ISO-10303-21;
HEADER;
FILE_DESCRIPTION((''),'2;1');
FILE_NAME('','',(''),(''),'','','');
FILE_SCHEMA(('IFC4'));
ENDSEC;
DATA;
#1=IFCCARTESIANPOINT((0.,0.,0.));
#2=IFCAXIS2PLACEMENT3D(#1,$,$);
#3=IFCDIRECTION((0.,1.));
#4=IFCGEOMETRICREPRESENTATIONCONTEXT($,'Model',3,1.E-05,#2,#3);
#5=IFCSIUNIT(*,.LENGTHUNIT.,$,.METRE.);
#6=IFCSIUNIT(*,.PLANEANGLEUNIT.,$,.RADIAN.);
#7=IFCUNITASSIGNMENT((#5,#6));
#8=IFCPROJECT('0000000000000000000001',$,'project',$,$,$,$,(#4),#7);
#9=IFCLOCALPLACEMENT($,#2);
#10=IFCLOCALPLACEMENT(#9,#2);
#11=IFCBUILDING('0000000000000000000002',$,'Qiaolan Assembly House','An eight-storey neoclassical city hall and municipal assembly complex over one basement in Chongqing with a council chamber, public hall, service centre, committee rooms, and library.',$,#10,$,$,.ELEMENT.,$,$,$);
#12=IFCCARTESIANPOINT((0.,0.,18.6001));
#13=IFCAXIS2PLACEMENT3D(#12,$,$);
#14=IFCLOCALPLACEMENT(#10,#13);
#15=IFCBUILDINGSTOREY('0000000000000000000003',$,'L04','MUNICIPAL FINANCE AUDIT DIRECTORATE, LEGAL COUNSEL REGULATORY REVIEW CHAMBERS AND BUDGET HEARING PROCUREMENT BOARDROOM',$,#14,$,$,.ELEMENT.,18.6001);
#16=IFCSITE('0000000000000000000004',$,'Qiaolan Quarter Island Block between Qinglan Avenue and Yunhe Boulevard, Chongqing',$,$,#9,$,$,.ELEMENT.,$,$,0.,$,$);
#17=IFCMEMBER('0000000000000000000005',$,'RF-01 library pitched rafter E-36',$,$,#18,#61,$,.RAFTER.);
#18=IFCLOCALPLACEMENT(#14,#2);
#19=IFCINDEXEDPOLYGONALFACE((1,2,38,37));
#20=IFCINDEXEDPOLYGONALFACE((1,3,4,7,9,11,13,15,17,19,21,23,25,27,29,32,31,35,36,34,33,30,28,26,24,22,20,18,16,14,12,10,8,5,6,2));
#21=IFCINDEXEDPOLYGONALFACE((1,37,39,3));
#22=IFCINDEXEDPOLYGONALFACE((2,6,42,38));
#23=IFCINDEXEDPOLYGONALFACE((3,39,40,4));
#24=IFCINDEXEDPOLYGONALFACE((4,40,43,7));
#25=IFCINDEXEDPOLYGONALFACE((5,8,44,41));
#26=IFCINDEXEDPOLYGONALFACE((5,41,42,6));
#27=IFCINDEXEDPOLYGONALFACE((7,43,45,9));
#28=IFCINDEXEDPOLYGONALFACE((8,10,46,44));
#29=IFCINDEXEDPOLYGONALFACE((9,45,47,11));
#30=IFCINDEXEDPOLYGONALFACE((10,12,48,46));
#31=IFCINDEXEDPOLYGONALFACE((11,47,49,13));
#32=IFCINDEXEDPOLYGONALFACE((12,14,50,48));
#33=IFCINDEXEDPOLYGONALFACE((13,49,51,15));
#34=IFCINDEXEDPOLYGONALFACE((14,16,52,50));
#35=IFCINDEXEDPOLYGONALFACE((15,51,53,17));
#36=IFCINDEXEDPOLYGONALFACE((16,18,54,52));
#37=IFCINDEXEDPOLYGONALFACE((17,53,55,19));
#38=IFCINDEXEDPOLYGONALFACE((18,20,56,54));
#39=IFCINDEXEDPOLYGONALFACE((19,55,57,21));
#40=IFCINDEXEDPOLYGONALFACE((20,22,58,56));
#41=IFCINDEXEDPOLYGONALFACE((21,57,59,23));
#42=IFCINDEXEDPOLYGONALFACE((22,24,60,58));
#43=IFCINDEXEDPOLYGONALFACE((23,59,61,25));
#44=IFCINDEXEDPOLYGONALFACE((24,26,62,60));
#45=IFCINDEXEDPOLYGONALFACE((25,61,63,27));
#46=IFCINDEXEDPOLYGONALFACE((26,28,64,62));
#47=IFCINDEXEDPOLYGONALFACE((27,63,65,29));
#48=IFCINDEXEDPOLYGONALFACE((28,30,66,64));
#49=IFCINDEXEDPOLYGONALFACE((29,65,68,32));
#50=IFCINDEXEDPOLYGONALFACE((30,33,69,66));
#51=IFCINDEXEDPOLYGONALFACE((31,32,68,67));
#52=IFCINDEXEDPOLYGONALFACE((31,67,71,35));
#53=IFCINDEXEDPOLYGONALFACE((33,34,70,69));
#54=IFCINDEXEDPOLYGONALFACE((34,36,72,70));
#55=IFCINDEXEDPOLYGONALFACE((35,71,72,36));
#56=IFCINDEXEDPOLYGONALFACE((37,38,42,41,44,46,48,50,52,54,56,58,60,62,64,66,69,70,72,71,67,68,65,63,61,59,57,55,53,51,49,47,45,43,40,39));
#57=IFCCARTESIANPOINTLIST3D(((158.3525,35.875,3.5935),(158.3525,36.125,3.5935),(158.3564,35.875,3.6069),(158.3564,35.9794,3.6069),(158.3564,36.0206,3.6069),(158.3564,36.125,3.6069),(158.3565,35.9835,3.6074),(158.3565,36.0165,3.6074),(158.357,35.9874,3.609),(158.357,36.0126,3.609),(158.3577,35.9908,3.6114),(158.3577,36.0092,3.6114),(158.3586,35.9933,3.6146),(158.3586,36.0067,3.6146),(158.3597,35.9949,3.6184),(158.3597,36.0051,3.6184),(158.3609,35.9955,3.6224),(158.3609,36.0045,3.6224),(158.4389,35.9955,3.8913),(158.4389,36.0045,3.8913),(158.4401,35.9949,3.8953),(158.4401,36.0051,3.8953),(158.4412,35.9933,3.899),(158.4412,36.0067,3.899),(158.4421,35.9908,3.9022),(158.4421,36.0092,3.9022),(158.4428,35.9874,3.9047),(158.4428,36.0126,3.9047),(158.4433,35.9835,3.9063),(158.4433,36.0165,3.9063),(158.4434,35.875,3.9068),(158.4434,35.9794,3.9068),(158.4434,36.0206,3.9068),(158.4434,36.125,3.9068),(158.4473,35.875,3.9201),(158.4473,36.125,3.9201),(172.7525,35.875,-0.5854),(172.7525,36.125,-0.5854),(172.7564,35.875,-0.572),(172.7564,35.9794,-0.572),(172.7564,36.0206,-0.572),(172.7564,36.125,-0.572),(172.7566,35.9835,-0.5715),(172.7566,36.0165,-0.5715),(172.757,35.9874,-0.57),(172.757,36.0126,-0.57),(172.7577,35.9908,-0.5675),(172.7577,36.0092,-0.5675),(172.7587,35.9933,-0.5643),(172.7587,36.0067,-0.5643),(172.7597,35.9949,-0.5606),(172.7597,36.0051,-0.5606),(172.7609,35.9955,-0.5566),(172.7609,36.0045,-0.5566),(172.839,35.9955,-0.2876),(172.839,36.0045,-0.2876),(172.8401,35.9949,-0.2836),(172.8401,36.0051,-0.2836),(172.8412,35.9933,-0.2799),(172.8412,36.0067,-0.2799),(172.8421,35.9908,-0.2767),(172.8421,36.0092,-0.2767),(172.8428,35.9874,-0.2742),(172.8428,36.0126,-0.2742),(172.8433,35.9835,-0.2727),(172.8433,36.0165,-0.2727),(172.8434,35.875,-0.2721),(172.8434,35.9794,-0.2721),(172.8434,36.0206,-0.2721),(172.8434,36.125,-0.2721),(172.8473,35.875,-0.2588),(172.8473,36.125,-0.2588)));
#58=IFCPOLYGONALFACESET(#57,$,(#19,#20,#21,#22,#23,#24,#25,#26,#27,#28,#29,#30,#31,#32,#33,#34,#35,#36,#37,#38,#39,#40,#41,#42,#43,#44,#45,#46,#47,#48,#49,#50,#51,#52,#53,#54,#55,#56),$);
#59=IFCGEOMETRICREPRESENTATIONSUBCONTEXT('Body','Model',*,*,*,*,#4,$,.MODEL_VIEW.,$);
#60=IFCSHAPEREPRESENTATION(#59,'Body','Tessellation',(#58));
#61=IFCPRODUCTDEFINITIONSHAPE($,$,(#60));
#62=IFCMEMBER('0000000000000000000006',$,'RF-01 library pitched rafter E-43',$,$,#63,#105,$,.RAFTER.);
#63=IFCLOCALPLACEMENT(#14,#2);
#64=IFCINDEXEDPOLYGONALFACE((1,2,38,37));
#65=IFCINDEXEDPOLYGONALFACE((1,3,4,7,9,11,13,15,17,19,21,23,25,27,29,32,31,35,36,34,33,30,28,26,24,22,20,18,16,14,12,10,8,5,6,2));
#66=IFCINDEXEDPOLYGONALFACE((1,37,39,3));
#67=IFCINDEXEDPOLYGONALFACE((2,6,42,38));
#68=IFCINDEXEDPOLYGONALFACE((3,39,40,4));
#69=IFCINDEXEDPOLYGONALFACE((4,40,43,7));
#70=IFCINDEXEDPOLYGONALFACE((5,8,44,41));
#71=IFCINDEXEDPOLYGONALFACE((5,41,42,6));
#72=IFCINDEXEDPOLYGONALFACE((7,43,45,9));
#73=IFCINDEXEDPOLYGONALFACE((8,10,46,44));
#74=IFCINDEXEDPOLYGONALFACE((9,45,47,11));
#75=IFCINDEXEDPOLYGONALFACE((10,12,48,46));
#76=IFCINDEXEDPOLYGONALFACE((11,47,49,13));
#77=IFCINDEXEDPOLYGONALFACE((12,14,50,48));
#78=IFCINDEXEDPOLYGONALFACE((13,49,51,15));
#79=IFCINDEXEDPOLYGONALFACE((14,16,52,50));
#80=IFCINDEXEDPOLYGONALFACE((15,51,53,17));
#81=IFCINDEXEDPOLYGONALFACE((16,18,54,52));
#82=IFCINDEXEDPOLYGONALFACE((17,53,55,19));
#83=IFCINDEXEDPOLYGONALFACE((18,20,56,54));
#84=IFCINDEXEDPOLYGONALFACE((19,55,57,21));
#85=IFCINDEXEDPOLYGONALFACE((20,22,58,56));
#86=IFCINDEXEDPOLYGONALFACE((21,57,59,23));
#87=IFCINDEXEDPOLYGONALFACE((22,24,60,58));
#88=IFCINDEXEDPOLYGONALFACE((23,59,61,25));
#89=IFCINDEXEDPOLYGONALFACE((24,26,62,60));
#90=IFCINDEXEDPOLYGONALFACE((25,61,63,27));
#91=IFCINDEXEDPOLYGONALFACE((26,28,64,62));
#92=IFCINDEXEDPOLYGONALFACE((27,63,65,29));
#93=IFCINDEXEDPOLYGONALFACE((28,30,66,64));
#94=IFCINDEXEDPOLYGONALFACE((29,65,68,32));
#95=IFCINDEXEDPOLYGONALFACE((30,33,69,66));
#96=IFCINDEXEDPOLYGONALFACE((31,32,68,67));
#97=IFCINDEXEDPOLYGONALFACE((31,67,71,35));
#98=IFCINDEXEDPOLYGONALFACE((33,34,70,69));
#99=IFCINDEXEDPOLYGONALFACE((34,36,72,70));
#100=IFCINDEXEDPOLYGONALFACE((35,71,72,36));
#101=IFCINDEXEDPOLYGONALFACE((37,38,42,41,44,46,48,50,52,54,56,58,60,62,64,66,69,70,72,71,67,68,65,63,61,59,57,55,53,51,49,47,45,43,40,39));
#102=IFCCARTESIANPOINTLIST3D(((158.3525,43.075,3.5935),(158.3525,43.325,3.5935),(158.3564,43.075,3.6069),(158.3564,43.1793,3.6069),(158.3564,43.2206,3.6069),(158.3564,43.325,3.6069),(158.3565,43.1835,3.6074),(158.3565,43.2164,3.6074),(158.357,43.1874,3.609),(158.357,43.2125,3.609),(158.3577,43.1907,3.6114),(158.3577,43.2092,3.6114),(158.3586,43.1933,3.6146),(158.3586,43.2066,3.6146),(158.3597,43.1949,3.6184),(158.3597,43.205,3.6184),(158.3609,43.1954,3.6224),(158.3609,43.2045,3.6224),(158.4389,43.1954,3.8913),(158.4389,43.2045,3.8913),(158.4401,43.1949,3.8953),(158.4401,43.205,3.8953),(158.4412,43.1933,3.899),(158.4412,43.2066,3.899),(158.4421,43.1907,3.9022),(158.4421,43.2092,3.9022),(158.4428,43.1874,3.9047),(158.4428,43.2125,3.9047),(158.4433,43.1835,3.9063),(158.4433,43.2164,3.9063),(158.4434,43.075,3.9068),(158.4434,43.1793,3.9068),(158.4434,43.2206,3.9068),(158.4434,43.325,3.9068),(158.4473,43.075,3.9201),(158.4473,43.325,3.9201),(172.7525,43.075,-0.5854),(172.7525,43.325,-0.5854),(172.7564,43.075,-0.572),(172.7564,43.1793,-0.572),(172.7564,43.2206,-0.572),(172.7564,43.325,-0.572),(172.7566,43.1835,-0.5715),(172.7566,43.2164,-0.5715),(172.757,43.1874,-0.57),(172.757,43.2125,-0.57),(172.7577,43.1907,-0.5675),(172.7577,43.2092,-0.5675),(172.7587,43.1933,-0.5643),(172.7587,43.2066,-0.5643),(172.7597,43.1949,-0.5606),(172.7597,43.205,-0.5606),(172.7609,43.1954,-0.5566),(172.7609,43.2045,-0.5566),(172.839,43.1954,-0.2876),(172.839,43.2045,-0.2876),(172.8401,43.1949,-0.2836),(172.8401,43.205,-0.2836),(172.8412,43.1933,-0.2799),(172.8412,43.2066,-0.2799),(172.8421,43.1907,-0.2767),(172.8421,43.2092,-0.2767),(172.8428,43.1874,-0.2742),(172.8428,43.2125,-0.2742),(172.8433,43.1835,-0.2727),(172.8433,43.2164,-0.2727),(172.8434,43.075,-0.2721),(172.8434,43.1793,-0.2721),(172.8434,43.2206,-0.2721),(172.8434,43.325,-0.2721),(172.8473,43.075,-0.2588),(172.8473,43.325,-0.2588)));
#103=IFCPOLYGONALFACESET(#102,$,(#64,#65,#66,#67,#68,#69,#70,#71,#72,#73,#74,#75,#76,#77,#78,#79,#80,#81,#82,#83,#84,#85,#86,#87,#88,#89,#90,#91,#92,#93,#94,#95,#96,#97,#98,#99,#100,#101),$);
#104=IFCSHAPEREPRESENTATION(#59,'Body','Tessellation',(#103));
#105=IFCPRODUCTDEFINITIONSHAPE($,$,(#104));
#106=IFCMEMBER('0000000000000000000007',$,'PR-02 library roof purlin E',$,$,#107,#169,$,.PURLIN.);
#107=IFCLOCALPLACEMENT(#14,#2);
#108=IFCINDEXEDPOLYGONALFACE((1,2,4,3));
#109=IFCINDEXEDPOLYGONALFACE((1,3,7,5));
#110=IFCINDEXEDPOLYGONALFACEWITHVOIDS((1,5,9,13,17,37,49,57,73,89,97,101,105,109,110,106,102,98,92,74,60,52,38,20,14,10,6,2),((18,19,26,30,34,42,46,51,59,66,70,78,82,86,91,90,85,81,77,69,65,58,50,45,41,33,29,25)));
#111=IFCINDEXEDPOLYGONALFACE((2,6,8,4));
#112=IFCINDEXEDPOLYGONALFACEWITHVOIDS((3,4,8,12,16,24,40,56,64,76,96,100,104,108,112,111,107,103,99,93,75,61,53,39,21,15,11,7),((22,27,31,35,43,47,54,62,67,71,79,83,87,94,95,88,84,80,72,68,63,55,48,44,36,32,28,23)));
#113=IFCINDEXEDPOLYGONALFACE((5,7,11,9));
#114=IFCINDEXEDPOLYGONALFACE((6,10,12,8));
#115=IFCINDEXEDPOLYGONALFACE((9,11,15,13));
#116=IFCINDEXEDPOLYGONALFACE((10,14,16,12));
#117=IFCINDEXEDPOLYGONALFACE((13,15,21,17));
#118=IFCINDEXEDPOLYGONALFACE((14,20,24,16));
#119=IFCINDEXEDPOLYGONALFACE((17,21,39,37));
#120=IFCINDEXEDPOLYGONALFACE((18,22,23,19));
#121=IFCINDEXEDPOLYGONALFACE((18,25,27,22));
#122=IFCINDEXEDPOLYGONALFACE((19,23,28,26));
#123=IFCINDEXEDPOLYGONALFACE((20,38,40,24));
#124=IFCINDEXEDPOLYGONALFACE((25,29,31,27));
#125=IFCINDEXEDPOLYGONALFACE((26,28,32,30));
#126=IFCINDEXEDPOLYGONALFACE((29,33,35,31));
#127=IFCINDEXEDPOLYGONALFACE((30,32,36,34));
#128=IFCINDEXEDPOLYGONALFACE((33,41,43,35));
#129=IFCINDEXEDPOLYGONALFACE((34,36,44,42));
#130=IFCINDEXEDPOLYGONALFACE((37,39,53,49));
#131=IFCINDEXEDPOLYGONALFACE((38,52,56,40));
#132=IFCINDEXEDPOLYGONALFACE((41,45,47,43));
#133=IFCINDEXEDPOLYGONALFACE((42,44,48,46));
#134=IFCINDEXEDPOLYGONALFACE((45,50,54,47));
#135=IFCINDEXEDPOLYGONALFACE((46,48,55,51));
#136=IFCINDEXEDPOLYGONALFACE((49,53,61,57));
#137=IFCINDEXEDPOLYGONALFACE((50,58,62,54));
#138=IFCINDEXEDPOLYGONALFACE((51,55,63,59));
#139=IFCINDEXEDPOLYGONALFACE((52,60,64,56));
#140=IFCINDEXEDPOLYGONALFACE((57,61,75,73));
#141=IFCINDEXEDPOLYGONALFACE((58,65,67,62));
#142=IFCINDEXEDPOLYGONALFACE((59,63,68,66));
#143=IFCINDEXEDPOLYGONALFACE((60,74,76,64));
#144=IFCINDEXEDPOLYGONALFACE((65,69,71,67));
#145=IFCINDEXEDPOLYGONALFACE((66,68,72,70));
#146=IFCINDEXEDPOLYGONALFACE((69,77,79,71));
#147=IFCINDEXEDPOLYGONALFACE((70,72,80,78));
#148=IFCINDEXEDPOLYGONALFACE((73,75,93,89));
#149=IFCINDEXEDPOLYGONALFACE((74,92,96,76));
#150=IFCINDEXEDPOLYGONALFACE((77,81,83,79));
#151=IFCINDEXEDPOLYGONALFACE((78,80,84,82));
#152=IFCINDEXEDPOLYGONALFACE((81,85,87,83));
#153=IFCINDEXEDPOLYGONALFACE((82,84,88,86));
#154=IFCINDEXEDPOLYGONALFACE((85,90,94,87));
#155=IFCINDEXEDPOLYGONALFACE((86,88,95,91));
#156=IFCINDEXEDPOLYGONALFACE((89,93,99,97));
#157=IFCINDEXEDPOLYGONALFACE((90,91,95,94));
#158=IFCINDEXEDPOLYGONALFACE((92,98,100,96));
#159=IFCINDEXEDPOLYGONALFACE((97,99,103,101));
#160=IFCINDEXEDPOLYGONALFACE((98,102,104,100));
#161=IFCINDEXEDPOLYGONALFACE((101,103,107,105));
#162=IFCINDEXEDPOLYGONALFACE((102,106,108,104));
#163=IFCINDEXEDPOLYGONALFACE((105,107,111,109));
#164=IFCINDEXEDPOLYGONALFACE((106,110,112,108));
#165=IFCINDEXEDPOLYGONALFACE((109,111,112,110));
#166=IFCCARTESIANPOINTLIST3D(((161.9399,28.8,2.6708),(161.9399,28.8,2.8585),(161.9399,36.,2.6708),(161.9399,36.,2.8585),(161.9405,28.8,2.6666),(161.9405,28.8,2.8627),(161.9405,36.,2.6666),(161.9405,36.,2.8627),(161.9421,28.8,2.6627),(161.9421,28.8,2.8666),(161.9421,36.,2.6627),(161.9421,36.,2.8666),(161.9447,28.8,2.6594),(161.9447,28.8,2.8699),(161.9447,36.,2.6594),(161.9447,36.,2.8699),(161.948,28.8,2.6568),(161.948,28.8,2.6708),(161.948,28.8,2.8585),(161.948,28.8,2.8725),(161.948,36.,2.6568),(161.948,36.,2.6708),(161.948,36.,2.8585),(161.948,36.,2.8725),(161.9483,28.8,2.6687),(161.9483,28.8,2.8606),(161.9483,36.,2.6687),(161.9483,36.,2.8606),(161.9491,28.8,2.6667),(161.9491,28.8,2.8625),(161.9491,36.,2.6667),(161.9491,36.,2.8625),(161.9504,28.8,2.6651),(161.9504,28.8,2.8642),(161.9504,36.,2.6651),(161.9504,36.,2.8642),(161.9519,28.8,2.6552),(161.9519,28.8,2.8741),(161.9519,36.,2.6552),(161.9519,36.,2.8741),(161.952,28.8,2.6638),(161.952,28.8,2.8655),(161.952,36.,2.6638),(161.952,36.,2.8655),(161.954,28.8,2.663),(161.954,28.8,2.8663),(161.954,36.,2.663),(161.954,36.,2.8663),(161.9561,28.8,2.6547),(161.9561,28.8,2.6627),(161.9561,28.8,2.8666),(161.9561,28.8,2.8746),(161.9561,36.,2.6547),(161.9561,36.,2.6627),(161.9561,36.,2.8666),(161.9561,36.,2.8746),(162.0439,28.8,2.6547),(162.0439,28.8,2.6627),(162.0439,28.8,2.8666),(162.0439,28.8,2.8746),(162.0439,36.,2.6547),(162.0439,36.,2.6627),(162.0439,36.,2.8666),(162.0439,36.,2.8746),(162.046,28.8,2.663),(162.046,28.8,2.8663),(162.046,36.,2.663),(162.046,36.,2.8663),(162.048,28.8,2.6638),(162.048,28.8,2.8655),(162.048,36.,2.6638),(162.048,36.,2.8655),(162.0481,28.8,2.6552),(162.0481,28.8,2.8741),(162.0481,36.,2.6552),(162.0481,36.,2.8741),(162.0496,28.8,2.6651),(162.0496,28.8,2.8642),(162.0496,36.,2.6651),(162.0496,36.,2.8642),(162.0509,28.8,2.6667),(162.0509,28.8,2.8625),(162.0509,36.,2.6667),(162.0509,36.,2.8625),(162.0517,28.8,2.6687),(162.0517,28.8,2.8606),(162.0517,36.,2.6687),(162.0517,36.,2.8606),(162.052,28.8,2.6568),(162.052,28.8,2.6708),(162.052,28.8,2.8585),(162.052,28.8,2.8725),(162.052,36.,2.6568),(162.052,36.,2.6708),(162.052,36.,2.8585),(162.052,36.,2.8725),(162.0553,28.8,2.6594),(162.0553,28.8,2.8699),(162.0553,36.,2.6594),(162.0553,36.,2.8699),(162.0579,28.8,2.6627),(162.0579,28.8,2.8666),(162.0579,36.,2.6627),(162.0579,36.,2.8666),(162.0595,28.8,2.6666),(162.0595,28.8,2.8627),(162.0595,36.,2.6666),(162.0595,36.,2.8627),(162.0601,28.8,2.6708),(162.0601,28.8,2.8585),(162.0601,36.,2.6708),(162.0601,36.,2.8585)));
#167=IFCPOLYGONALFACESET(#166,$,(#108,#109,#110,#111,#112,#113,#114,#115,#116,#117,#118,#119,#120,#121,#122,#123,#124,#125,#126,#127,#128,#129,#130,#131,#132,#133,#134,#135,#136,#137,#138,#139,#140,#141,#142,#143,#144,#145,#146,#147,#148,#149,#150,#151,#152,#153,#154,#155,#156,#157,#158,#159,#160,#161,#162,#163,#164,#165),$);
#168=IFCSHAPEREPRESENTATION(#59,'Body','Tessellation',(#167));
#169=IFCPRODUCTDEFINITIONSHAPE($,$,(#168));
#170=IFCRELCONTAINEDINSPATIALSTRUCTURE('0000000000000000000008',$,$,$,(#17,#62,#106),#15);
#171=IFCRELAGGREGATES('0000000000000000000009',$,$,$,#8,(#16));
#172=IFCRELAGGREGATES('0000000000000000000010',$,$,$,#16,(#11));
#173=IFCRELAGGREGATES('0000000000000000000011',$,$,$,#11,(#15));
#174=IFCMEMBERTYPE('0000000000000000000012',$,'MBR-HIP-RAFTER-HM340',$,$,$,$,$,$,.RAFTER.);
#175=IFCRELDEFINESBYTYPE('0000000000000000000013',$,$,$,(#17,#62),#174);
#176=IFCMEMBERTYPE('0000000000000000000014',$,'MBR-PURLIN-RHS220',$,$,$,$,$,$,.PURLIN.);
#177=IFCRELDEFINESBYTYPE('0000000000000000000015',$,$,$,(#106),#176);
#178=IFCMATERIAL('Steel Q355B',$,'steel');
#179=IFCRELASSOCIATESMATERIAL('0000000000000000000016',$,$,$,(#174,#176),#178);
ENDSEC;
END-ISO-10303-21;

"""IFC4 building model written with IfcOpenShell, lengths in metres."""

from ifc_helpers import new_model, si_unit, direction, frame, origin, origin_2d, place, context, subcontext, project, spatial, hollow_rectangle, i_section, extrude, material, material_profile, profile_set, type_object, element, save


model = new_model("IFC4")

# Units and contexts
model_context = context("Model", 3, precision=1e-05, world=origin(), true_north=direction((0.0, 1.0)))
body_context = subcontext(model_context, "Body", "Model", "MODEL_VIEW")
ifc_project = project(units=[si_unit("LENGTHUNIT", "METRE"), si_unit("PLANEANGLEUNIT", "RADIAN")], contexts=[model_context])

# Site, building, storey
site_placement = place(None, origin())
site = spatial("IfcSite", under=ifc_project, at=site_placement, Name="Qiaolan Quarter Island Block between Qinglan Avenue and Yunhe Boulevard, Chongqing", CompositionType="ELEMENT", RefElevation=0.0)
building_placement = place(site_placement, origin())
building = spatial("IfcBuilding", under=site, at=building_placement, Name="Qiaolan Assembly House", Description="An eight-storey neoclassical city hall and municipal assembly complex over one basement in Chongqing with a council chamber, public hall, service centre, committee rooms, and library.", CompositionType="ELEMENT")
storey_placement = place(building_placement, frame((0.0, 0.0, 18.6001)))
storey = spatial("IfcBuildingStorey", under=building, at=storey_placement, Name="L04", Description="MUNICIPAL FINANCE AUDIT DIRECTORATE, LEGAL COUNSEL REGULATORY REVIEW CHAMBERS AND BUDGET HEARING PROCUREMENT BOARDROOM", CompositionType="ELEMENT", Elevation=18.6001)

# Shared definitions
ifc_material_1 = material(Name="Steel Q355B", Category="steel")

# Members
ifc_material_profile_1 = material_profile(ifc_material_1, i_section(OverallWidth=0.25, OverallDepth=0.3401, WebThickness=0.009, FlangeThickness=0.0139, FilletRadius=0.0161, at=origin_2d()), Name="HM 340x250x9x14-RF")
ifc_profile_set_1 = profile_set([ifc_material_profile_1], Name="Steel Q355B")
member_type_1 = type_object("IfcMemberType", Name="MBR-HIP-RAFTER-HM340", PredefinedType="RAFTER", material=ifc_profile_set_1)
for number, where, z_axis, x_axis, name in (
    (1, (158.3999, 36.0, 3.7568), (0.960377, 0.0, -0.278704), (0.0, 1.0, 0.0), "RF-01 library pitched rafter E-36"),
    (2, (158.3999, 43.2, 3.7568), (0.960377, 0.0, -0.278704), (0.0, 1.0, 0.0), "RF-01 library pitched rafter E-43"),
):
    element("IfcMember", number, at=place(storey_placement, frame(where, z_axis=z_axis, x_axis=x_axis)), inside=storey, type_object=member_type_1, Name=name, PredefinedType="RAFTER", context=body_context, shape_type="SweptSolid", body=[
        extrude(i_section(OverallWidth=0.25, OverallDepth=0.3401, WebThickness=0.009, FlangeThickness=0.0139, FilletRadius=0.0161, at=origin_2d()), origin(), (0.0, 0.0, 1.0), 14.9941),
    ])
ifc_material_profile_2 = material_profile(ifc_material_1, hollow_rectangle(XDim=0.1201, YDim=0.22, WallThickness=0.0081, InnerFilletRadius=0.0081, OuterFilletRadius=0.0161, at=origin_2d()), Name="RHS 220x120x8")
ifc_profile_set_2 = profile_set([ifc_material_profile_2], Name="Steel Q355B")
member_type_2 = type_object("IfcMemberType", Name="MBR-PURLIN-RHS220", PredefinedType="PURLIN", material=ifc_profile_set_2)
for number, where, z_axis, x_axis, name in (
    (3, (162.0, 28.8, 2.7646), (0.0, 1.0, 0.0), (-1.0, 0.0, 0.0), "PR-02 library roof purlin E"),
):
    element("IfcMember", number, at=place(storey_placement, frame(where, z_axis=z_axis, x_axis=x_axis)), inside=storey, type_object=member_type_2, Name=name, PredefinedType="PURLIN", context=body_context, shape_type="SweptSolid", body=[
        extrude(hollow_rectangle(XDim=0.1201, YDim=0.22, WallThickness=0.0081, InnerFilletRadius=0.0081, OuterFilletRadius=0.0161, at=origin_2d()), origin(), (0.0, 0.0, 1.0), 7.2),
    ])

save(model, "model.ifc")
